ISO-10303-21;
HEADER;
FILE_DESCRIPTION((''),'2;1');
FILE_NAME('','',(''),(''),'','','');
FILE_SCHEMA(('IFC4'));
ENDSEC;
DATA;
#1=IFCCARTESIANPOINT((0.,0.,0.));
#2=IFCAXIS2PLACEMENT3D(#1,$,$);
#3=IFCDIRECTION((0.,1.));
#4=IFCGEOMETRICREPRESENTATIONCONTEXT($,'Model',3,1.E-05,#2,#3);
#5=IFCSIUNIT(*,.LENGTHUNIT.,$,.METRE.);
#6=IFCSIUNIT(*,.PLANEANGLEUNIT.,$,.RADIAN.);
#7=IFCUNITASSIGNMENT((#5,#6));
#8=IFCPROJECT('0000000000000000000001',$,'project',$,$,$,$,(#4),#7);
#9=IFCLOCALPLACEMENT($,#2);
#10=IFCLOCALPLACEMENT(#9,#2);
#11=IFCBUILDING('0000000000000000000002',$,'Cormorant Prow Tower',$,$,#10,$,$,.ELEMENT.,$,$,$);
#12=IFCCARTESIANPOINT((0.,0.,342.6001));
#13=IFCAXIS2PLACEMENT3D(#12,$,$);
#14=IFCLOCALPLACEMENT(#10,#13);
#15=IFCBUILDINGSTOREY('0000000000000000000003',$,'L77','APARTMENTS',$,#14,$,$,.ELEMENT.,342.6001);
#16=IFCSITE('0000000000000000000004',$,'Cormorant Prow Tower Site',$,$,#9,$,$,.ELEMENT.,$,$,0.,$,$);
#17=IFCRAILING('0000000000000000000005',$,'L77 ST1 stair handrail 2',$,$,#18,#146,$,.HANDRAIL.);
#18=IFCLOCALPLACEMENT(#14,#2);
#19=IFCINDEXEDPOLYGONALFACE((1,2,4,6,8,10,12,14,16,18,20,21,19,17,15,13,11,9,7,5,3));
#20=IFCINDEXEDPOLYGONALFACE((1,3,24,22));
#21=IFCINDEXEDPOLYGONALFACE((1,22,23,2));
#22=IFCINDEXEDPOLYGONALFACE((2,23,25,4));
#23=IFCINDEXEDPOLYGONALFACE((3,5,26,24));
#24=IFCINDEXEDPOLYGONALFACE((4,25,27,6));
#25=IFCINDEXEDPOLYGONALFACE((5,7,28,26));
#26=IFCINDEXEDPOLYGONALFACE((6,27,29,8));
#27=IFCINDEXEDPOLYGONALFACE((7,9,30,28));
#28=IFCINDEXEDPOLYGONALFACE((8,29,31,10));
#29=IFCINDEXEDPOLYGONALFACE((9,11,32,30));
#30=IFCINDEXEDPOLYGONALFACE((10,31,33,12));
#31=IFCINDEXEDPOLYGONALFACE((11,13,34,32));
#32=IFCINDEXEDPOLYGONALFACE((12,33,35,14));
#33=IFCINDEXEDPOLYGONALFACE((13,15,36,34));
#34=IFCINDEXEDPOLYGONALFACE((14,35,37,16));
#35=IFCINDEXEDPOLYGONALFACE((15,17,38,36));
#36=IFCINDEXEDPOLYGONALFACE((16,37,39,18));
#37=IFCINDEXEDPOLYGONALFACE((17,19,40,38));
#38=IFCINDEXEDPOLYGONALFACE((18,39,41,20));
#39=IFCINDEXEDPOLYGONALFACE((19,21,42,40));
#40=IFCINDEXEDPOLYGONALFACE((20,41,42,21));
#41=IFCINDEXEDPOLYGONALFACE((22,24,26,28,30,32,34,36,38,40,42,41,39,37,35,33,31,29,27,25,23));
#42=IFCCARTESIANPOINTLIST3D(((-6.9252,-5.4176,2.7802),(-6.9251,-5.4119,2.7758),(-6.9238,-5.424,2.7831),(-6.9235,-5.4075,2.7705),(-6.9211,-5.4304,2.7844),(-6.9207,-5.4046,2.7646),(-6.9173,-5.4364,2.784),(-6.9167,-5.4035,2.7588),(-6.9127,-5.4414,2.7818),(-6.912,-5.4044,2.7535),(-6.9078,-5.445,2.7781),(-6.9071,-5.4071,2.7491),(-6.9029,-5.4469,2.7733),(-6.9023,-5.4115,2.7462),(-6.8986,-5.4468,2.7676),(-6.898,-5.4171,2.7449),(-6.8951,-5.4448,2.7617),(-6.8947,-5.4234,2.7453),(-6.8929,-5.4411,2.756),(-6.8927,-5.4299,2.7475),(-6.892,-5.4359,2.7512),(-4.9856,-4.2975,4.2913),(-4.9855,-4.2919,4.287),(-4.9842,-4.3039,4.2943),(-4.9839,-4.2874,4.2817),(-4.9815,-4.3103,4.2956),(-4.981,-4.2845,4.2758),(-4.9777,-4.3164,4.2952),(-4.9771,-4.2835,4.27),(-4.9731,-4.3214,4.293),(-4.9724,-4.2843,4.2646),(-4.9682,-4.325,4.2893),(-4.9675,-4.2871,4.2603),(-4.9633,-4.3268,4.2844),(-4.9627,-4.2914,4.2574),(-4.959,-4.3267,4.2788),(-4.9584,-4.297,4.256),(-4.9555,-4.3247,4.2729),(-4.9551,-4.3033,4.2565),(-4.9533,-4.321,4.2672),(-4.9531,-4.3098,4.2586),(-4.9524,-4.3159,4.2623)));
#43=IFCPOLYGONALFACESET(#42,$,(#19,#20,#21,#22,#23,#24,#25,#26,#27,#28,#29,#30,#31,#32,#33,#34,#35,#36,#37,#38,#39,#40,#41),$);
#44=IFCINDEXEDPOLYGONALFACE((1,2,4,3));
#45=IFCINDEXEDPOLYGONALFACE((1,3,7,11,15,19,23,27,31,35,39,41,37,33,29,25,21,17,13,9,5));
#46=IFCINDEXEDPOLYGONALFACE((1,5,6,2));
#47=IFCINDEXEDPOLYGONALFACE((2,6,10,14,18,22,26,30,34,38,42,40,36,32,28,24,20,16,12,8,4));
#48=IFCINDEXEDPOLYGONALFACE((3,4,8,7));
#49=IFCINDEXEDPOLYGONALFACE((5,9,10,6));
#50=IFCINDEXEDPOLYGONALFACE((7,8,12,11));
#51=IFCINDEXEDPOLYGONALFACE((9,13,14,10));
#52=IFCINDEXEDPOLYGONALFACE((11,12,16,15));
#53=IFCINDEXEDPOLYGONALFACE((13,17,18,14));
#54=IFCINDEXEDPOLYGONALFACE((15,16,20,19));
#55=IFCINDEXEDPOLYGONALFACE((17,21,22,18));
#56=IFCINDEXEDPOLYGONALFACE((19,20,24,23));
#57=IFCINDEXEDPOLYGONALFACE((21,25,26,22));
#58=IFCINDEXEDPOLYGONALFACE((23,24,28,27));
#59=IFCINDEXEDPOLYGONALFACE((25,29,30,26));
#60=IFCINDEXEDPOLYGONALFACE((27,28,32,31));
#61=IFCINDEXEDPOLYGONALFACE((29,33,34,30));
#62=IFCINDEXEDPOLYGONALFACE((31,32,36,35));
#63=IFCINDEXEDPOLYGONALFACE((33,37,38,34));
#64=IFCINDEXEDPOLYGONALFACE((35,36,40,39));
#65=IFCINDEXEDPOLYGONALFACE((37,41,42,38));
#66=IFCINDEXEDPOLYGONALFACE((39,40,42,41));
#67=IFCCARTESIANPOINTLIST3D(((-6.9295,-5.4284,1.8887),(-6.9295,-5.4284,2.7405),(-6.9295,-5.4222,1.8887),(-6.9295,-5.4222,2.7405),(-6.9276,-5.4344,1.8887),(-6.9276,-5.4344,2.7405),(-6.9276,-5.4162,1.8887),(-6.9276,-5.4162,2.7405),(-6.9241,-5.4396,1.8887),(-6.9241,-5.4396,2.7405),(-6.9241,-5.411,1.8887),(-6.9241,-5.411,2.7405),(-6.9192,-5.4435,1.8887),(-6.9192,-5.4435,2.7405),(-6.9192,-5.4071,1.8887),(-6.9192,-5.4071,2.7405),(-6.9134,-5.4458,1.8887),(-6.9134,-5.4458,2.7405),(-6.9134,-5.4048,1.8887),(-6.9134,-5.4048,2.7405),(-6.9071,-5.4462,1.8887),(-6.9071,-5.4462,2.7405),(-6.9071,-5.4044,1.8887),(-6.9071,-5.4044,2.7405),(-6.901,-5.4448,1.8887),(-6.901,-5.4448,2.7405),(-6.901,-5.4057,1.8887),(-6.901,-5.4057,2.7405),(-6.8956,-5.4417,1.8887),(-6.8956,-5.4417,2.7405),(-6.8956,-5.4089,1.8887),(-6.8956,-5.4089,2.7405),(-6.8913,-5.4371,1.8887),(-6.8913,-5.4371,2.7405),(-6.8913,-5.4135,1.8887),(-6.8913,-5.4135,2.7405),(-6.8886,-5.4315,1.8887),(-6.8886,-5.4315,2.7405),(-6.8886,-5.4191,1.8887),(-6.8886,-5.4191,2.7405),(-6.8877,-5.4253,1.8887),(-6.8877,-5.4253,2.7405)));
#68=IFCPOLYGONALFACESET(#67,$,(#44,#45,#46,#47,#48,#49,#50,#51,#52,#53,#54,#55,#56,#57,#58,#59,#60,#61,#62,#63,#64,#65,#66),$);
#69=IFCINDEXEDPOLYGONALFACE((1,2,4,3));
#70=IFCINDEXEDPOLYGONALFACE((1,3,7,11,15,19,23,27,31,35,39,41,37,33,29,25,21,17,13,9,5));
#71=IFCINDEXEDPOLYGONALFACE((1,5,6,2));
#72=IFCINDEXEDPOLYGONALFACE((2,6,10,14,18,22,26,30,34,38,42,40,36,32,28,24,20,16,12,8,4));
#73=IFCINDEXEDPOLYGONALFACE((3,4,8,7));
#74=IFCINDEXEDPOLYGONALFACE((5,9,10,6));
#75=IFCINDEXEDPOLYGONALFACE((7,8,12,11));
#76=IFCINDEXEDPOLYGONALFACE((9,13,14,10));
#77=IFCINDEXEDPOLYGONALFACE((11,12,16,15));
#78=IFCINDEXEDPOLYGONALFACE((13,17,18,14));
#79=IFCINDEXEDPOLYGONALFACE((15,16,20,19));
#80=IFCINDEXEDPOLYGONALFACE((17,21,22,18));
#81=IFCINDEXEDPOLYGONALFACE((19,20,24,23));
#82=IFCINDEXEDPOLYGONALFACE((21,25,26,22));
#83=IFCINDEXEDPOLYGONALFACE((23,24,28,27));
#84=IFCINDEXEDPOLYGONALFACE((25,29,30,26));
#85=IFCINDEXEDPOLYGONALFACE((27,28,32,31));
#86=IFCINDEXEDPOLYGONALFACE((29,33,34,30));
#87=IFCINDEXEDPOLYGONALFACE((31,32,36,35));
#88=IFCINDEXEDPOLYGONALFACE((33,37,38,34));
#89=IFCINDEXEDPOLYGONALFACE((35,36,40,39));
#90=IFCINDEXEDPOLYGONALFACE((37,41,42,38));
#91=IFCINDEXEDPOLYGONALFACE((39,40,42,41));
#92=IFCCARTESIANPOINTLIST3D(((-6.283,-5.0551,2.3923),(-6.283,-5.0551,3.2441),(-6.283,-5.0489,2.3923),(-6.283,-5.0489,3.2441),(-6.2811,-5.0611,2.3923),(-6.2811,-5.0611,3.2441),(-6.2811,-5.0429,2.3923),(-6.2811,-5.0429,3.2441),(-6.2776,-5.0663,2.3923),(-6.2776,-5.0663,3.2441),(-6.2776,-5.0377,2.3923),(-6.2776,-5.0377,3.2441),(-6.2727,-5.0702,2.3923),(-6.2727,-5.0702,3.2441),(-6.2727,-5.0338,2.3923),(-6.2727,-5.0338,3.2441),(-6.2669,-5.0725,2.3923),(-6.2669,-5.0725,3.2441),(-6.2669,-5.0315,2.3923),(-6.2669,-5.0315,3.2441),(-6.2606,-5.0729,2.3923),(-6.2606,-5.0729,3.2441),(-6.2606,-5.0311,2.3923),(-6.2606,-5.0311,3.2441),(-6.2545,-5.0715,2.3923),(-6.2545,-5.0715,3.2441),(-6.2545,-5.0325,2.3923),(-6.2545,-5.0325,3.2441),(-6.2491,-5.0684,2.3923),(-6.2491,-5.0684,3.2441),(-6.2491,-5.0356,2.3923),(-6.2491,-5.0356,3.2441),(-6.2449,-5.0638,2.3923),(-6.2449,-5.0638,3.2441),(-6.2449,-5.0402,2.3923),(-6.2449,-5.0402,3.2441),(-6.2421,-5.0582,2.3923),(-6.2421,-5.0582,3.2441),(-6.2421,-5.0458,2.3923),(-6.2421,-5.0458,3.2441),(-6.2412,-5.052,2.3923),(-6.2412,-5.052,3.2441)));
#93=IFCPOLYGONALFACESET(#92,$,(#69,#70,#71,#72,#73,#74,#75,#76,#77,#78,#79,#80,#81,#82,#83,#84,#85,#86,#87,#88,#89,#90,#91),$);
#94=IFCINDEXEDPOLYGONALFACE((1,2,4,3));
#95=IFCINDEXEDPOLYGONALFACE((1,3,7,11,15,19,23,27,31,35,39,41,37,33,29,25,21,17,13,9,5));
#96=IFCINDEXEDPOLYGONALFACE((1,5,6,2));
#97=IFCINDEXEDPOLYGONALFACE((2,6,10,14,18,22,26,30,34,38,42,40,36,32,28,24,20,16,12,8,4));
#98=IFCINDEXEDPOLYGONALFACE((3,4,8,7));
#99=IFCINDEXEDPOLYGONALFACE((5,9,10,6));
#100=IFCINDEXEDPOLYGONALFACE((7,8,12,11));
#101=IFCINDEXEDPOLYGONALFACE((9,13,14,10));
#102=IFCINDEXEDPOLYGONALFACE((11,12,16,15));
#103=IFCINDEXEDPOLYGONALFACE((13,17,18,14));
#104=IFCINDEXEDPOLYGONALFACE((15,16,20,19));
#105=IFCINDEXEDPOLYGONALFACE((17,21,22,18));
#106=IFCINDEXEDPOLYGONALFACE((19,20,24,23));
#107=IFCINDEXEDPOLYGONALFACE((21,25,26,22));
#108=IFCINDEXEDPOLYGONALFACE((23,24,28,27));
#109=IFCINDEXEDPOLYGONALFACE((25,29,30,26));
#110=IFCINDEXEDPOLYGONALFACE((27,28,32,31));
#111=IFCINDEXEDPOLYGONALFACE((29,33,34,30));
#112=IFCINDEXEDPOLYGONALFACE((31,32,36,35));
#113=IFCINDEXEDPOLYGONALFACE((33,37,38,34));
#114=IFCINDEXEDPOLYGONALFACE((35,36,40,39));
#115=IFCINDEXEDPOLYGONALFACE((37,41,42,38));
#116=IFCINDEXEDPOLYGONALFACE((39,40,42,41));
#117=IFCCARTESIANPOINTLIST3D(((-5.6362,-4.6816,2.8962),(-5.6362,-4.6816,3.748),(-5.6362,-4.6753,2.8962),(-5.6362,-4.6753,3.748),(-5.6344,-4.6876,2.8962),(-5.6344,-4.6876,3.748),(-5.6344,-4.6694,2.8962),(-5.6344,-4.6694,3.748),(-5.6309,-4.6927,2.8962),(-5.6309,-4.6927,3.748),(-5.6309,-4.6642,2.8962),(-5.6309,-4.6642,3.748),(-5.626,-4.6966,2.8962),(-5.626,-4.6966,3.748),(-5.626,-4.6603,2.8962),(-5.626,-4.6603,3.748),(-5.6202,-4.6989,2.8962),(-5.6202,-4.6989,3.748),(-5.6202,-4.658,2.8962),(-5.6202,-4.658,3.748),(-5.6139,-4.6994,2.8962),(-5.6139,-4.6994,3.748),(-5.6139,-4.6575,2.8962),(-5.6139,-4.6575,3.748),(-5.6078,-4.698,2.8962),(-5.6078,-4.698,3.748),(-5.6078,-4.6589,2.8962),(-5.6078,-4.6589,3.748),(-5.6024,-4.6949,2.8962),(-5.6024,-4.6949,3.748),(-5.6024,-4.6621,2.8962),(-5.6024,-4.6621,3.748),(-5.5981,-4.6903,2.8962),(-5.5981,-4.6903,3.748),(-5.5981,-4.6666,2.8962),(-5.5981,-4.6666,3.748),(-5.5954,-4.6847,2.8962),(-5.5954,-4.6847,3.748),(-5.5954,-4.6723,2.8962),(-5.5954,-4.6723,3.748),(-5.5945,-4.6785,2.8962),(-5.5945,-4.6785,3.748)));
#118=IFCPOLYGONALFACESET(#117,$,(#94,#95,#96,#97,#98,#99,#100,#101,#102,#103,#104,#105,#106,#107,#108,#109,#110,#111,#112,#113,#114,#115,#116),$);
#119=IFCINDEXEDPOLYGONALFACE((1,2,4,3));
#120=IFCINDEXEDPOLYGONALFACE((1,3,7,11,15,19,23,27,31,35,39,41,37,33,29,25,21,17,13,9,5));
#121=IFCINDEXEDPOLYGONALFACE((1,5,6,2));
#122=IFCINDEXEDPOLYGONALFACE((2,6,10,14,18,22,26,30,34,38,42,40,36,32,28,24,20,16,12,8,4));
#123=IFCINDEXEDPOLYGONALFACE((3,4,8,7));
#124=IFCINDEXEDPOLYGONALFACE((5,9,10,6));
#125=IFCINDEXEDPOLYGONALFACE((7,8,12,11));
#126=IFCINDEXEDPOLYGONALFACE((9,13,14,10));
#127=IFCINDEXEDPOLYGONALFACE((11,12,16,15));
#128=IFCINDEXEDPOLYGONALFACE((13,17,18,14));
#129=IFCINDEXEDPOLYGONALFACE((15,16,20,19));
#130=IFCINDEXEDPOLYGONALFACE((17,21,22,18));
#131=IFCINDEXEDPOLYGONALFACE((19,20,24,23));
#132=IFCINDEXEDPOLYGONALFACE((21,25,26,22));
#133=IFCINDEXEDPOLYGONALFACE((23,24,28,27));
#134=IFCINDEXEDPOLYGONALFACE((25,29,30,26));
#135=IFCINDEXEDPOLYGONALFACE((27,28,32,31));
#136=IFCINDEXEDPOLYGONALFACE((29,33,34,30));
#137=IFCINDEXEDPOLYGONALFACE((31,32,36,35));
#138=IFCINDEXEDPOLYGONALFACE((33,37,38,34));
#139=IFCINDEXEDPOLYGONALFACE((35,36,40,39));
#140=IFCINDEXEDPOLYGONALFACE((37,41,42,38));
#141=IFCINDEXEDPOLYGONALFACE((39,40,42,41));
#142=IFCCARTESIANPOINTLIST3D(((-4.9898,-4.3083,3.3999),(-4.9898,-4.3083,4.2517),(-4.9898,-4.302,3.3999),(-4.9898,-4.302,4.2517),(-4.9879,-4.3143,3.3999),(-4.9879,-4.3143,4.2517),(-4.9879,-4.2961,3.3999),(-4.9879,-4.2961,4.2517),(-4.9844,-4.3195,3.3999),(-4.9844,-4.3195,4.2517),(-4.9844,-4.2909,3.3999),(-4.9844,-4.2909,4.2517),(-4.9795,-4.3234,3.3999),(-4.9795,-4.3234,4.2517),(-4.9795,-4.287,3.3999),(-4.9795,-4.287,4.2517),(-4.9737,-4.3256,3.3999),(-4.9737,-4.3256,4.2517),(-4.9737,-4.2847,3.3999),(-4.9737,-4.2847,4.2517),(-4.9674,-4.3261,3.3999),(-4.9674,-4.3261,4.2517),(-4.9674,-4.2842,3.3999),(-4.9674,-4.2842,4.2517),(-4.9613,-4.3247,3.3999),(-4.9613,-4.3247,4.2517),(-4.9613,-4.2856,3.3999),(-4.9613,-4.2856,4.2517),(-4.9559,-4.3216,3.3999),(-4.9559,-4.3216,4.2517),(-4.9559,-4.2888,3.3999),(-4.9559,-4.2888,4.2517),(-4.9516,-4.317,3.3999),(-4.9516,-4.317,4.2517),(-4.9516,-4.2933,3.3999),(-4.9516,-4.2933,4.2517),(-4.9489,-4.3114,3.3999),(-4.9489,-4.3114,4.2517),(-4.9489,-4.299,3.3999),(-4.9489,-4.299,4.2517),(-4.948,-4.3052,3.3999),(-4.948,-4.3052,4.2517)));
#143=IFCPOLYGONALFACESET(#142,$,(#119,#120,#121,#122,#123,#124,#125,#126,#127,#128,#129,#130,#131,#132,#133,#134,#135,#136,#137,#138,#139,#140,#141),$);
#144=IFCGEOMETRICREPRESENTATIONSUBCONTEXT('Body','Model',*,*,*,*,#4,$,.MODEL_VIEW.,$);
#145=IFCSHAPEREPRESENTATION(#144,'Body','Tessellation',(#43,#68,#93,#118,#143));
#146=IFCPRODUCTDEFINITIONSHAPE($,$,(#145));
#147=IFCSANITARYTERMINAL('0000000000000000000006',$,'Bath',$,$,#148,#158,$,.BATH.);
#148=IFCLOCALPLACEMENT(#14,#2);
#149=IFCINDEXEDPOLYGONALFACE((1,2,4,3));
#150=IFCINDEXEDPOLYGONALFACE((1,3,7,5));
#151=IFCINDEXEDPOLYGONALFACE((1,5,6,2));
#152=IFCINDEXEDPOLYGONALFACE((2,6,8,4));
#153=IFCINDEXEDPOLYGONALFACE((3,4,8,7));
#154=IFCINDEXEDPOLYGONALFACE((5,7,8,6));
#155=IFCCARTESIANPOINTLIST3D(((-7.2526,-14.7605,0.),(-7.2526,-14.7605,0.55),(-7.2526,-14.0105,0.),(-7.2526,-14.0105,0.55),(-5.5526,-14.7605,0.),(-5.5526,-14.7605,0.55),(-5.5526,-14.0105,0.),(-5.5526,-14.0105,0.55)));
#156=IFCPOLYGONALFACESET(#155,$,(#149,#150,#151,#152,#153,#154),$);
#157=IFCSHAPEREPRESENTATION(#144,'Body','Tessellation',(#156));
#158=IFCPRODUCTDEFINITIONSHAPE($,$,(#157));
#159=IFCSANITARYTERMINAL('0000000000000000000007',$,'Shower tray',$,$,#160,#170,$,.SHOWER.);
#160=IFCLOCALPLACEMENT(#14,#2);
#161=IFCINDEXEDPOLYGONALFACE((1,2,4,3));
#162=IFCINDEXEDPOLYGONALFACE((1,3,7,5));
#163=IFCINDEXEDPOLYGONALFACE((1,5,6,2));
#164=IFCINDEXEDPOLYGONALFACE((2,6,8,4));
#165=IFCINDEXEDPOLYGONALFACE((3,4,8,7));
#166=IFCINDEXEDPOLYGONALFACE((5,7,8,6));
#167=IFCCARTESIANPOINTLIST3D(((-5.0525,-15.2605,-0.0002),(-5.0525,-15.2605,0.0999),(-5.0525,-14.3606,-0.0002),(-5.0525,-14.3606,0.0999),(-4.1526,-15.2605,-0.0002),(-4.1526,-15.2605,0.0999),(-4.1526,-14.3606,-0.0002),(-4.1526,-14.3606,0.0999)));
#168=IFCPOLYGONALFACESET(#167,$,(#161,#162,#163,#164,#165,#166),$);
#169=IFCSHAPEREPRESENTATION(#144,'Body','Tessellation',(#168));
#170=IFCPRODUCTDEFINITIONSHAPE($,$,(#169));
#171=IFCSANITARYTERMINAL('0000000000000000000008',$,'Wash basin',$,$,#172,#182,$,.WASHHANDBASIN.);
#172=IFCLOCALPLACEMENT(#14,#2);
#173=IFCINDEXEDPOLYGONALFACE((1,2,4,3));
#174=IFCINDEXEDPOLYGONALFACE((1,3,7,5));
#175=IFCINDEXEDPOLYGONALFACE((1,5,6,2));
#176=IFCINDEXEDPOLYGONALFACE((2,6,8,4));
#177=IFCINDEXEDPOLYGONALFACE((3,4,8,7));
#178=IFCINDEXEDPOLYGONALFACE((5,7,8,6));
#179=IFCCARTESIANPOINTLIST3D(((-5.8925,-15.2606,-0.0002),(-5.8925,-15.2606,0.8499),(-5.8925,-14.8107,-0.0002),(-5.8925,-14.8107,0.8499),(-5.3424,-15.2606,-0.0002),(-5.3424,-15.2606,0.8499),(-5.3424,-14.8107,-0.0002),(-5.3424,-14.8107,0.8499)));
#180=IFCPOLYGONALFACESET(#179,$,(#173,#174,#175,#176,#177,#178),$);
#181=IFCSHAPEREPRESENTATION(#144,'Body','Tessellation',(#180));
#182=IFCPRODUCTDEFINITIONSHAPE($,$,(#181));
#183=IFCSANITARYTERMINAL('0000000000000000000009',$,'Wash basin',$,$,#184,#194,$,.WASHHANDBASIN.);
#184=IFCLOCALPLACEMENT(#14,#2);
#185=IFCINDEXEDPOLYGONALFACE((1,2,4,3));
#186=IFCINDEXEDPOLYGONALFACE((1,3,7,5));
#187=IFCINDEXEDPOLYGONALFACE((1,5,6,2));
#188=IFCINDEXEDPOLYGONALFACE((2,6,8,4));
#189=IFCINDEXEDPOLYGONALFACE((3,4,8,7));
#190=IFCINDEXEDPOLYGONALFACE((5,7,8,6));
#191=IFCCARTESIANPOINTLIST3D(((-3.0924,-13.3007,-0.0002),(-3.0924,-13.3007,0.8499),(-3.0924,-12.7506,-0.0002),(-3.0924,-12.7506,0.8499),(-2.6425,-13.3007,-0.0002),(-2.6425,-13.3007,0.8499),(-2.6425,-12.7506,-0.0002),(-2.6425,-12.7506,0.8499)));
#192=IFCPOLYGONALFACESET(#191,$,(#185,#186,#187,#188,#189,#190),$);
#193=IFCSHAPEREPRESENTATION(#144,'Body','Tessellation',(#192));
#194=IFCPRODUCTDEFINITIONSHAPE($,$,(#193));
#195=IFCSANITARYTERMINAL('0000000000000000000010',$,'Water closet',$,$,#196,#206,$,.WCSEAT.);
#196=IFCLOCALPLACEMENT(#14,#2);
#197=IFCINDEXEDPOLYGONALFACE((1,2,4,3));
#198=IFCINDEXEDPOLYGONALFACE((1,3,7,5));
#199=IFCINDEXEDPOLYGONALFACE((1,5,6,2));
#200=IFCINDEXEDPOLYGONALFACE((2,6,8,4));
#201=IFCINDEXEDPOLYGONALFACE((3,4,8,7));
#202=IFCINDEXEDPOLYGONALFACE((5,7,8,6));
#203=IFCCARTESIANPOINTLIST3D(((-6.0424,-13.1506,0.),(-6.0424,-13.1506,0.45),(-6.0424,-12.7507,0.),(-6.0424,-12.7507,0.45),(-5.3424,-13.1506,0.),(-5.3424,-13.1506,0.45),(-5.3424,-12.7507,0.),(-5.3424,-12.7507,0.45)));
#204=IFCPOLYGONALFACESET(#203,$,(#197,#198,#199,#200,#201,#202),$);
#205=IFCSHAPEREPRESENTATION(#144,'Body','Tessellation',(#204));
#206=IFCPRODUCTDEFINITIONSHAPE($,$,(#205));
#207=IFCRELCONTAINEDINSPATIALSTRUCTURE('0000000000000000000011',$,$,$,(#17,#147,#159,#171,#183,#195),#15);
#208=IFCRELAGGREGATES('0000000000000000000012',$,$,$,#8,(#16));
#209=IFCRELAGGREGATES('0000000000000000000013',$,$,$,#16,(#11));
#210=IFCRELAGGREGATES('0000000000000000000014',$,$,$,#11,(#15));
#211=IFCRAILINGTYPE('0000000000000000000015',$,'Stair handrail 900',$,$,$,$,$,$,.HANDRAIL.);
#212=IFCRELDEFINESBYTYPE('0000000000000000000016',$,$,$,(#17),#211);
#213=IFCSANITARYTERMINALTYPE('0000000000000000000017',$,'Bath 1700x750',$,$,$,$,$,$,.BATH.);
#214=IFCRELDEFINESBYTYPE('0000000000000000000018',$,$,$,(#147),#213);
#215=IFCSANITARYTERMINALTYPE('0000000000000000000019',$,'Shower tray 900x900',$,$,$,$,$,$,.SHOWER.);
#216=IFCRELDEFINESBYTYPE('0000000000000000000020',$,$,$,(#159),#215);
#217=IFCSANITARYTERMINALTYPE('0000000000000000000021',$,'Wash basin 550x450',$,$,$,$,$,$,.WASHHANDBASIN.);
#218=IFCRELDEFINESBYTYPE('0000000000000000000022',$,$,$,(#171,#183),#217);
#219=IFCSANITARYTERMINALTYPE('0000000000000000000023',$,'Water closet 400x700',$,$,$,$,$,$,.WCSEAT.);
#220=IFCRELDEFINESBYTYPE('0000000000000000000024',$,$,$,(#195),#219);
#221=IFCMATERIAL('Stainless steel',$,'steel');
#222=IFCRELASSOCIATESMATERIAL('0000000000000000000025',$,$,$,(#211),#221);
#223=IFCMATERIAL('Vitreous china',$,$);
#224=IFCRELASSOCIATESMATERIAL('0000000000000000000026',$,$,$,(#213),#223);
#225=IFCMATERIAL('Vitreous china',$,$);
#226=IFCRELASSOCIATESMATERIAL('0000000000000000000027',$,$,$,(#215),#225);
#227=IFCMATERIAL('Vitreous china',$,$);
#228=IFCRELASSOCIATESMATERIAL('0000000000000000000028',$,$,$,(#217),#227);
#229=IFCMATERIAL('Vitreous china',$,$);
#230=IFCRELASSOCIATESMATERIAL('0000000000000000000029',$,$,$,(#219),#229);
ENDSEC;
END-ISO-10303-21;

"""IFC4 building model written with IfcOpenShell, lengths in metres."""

from ifc_helpers import new_model, si_unit, direction, frame, origin, origin_2d, place, context, subcontext, project, spatial, rectangle, circle, extrude, material, type_object, element, save


model = new_model("IFC4")

# Units and contexts
model_context = context("Model", 3, precision=1e-05, world=origin(), true_north=direction((0.0, 1.0)))
body_context = subcontext(model_context, "Body", "Model", "MODEL_VIEW")
ifc_project = project(units=[si_unit("LENGTHUNIT", "METRE"), si_unit("PLANEANGLEUNIT", "RADIAN")], contexts=[model_context])

# Site, building, storey
site_placement = place(None, origin())
site = spatial("IfcSite", under=ifc_project, at=site_placement, Name="Cormorant Prow Tower Site", CompositionType="ELEMENT", RefElevation=0.0)
building_placement = place(site_placement, origin())
building = spatial("IfcBuilding", under=site, at=building_placement, Name="Cormorant Prow Tower", CompositionType="ELEMENT")
storey_placement = place(building_placement, frame((0.0, 0.0, 342.6001)))
storey = spatial("IfcBuildingStorey", under=building, at=storey_placement, Name="L77", Description="APARTMENTS", CompositionType="ELEMENT", Elevation=342.6001)

# Railing
ifc_material_1 = material(Name="Stainless steel", Category="steel")
railing_type = type_object("IfcRailingType", Name="Stair handrail 900", PredefinedType="HANDRAIL", material=ifc_material_1)
railing_placement = place(storey_placement, frame((-6.9087, -5.4253, 1.8887)))
element("IfcRailing", 1, at=railing_placement, inside=storey, type_object=railing_type, Name="L77 ST1 stair handrail 2", PredefinedType="HANDRAIL", context=body_context, shape_type="SweptSolid", body=[
    extrude(circle(Radius=0.0239, at=origin_2d()), frame((0.0, 0.0, 0.876), z_axis=(0.71787, 0.414548, 0.559297), x_axis=(-0.500078, 0.86598, 0.0)), (0.0, 0.0, 1.0), 2.7019),
    extrude(circle(Radius=0.021, at=origin_2d()), origin(), (0.0, 0.0, 1.0), 0.8518),
    extrude(circle(Radius=0.021, at=origin_2d()), frame((0.6465, 0.3733, 0.5037)), (0.0, 0.0, 1.0), 0.8518),
    extrude(circle(Radius=0.021, at=origin_2d()), frame((1.2932, 0.7468, 1.0076)), (0.0, 0.0, 1.0), 0.8518),
    extrude(circle(Radius=0.021, at=origin_2d()), frame((1.9397, 1.1201, 1.5112)), (0.0, 0.0, 1.0), 0.8518),
])

# Sanitary terminals
ifc_material_2 = material(Name="Vitreous china")
sanitary_terminal_type_1 = type_object("IfcSanitaryTerminalType", Name="Bath 1700x750", PredefinedType="BATH", material=ifc_material_2)
sanitary_terminal_1_placement = place(storey_placement, frame((-6.4026, -14.3855, 0.0), z_axis=(0.0, 0.0, 1.0), x_axis=(1.0, 0.0, 0.0)))
element("IfcSanitaryTerminal", 2, at=sanitary_terminal_1_placement, inside=storey, type_object=sanitary_terminal_type_1, Name="Bath", PredefinedType="BATH", context=body_context, shape_type="SweptSolid", body=[
    extrude(rectangle(XDim=1.7, YDim=0.75, at=origin_2d()), origin(), (0.0, 0.0, 1.0), 0.55),
])
ifc_material_3 = material(Name="Vitreous china")
sanitary_terminal_type_2 = type_object("IfcSanitaryTerminalType", Name="Shower tray 900x900", PredefinedType="SHOWER", material=ifc_material_3)
sanitary_terminal_2_placement = place(storey_placement, frame((-4.6025, -14.8105, -0.0002), z_axis=(0.0, 0.0, 1.0), x_axis=(0.0, 1.0, 0.0)))
element("IfcSanitaryTerminal", 3, at=sanitary_terminal_2_placement, inside=storey, type_object=sanitary_terminal_type_2, Name="Shower tray", PredefinedType="SHOWER", context=body_context, shape_type="SweptSolid", body=[
    extrude(rectangle(XDim=0.8999, YDim=0.8999, at=origin_2d()), origin(), (0.0, 0.0, 1.0), 0.1001),
])
ifc_material_4 = material(Name="Vitreous china")
sanitary_terminal_type_3 = type_object("IfcSanitaryTerminalType", Name="Wash basin 550x450", PredefinedType="WASHHANDBASIN", material=ifc_material_4)
for number, where, z_axis, x_axis, name in (
    (4, (-5.6174, -15.0356, -0.0002), (0.0, 0.0, 1.0), (-1.0, 0.0, 0.0), "Wash basin"),
    (5, (-2.8674, -13.0256, -0.0002), (0.0, 0.0, 1.0), (0.0, -1.0, 0.0), "Wash basin"),
):
    element("IfcSanitaryTerminal", number, at=place(storey_placement, frame(where, z_axis=z_axis, x_axis=x_axis)), inside=storey, type_object=sanitary_terminal_type_3, Name=name, PredefinedType="WASHHANDBASIN", context=body_context, shape_type="SweptSolid", body=[
        extrude(rectangle(XDim=0.55, YDim=0.45, at=origin_2d()), origin(), (0.0, 0.0, 1.0), 0.8501),
    ])
ifc_material_5 = material(Name="Vitreous china")
sanitary_terminal_type_4 = type_object("IfcSanitaryTerminalType", Name="Water closet 400x700", PredefinedType="WCSEAT", material=ifc_material_5)
for number, where, z_axis, x_axis, name in (
    (6, (-5.6924, -12.9507, 0.0), (0.0, 0.0, 1.0), (0.0, -1.0, 0.0), "Water closet"),
):
    element("IfcSanitaryTerminal", number, at=place(storey_placement, frame(where, z_axis=z_axis, x_axis=x_axis)), inside=storey, type_object=sanitary_terminal_type_4, Name=name, PredefinedType="WCSEAT", context=body_context, shape_type="SweptSolid", body=[
        extrude(rectangle(XDim=0.3999, YDim=0.7, at=origin_2d()), origin(), (0.0, 0.0, 1.0), 0.45),
    ])

save(model, "model.ifc")
